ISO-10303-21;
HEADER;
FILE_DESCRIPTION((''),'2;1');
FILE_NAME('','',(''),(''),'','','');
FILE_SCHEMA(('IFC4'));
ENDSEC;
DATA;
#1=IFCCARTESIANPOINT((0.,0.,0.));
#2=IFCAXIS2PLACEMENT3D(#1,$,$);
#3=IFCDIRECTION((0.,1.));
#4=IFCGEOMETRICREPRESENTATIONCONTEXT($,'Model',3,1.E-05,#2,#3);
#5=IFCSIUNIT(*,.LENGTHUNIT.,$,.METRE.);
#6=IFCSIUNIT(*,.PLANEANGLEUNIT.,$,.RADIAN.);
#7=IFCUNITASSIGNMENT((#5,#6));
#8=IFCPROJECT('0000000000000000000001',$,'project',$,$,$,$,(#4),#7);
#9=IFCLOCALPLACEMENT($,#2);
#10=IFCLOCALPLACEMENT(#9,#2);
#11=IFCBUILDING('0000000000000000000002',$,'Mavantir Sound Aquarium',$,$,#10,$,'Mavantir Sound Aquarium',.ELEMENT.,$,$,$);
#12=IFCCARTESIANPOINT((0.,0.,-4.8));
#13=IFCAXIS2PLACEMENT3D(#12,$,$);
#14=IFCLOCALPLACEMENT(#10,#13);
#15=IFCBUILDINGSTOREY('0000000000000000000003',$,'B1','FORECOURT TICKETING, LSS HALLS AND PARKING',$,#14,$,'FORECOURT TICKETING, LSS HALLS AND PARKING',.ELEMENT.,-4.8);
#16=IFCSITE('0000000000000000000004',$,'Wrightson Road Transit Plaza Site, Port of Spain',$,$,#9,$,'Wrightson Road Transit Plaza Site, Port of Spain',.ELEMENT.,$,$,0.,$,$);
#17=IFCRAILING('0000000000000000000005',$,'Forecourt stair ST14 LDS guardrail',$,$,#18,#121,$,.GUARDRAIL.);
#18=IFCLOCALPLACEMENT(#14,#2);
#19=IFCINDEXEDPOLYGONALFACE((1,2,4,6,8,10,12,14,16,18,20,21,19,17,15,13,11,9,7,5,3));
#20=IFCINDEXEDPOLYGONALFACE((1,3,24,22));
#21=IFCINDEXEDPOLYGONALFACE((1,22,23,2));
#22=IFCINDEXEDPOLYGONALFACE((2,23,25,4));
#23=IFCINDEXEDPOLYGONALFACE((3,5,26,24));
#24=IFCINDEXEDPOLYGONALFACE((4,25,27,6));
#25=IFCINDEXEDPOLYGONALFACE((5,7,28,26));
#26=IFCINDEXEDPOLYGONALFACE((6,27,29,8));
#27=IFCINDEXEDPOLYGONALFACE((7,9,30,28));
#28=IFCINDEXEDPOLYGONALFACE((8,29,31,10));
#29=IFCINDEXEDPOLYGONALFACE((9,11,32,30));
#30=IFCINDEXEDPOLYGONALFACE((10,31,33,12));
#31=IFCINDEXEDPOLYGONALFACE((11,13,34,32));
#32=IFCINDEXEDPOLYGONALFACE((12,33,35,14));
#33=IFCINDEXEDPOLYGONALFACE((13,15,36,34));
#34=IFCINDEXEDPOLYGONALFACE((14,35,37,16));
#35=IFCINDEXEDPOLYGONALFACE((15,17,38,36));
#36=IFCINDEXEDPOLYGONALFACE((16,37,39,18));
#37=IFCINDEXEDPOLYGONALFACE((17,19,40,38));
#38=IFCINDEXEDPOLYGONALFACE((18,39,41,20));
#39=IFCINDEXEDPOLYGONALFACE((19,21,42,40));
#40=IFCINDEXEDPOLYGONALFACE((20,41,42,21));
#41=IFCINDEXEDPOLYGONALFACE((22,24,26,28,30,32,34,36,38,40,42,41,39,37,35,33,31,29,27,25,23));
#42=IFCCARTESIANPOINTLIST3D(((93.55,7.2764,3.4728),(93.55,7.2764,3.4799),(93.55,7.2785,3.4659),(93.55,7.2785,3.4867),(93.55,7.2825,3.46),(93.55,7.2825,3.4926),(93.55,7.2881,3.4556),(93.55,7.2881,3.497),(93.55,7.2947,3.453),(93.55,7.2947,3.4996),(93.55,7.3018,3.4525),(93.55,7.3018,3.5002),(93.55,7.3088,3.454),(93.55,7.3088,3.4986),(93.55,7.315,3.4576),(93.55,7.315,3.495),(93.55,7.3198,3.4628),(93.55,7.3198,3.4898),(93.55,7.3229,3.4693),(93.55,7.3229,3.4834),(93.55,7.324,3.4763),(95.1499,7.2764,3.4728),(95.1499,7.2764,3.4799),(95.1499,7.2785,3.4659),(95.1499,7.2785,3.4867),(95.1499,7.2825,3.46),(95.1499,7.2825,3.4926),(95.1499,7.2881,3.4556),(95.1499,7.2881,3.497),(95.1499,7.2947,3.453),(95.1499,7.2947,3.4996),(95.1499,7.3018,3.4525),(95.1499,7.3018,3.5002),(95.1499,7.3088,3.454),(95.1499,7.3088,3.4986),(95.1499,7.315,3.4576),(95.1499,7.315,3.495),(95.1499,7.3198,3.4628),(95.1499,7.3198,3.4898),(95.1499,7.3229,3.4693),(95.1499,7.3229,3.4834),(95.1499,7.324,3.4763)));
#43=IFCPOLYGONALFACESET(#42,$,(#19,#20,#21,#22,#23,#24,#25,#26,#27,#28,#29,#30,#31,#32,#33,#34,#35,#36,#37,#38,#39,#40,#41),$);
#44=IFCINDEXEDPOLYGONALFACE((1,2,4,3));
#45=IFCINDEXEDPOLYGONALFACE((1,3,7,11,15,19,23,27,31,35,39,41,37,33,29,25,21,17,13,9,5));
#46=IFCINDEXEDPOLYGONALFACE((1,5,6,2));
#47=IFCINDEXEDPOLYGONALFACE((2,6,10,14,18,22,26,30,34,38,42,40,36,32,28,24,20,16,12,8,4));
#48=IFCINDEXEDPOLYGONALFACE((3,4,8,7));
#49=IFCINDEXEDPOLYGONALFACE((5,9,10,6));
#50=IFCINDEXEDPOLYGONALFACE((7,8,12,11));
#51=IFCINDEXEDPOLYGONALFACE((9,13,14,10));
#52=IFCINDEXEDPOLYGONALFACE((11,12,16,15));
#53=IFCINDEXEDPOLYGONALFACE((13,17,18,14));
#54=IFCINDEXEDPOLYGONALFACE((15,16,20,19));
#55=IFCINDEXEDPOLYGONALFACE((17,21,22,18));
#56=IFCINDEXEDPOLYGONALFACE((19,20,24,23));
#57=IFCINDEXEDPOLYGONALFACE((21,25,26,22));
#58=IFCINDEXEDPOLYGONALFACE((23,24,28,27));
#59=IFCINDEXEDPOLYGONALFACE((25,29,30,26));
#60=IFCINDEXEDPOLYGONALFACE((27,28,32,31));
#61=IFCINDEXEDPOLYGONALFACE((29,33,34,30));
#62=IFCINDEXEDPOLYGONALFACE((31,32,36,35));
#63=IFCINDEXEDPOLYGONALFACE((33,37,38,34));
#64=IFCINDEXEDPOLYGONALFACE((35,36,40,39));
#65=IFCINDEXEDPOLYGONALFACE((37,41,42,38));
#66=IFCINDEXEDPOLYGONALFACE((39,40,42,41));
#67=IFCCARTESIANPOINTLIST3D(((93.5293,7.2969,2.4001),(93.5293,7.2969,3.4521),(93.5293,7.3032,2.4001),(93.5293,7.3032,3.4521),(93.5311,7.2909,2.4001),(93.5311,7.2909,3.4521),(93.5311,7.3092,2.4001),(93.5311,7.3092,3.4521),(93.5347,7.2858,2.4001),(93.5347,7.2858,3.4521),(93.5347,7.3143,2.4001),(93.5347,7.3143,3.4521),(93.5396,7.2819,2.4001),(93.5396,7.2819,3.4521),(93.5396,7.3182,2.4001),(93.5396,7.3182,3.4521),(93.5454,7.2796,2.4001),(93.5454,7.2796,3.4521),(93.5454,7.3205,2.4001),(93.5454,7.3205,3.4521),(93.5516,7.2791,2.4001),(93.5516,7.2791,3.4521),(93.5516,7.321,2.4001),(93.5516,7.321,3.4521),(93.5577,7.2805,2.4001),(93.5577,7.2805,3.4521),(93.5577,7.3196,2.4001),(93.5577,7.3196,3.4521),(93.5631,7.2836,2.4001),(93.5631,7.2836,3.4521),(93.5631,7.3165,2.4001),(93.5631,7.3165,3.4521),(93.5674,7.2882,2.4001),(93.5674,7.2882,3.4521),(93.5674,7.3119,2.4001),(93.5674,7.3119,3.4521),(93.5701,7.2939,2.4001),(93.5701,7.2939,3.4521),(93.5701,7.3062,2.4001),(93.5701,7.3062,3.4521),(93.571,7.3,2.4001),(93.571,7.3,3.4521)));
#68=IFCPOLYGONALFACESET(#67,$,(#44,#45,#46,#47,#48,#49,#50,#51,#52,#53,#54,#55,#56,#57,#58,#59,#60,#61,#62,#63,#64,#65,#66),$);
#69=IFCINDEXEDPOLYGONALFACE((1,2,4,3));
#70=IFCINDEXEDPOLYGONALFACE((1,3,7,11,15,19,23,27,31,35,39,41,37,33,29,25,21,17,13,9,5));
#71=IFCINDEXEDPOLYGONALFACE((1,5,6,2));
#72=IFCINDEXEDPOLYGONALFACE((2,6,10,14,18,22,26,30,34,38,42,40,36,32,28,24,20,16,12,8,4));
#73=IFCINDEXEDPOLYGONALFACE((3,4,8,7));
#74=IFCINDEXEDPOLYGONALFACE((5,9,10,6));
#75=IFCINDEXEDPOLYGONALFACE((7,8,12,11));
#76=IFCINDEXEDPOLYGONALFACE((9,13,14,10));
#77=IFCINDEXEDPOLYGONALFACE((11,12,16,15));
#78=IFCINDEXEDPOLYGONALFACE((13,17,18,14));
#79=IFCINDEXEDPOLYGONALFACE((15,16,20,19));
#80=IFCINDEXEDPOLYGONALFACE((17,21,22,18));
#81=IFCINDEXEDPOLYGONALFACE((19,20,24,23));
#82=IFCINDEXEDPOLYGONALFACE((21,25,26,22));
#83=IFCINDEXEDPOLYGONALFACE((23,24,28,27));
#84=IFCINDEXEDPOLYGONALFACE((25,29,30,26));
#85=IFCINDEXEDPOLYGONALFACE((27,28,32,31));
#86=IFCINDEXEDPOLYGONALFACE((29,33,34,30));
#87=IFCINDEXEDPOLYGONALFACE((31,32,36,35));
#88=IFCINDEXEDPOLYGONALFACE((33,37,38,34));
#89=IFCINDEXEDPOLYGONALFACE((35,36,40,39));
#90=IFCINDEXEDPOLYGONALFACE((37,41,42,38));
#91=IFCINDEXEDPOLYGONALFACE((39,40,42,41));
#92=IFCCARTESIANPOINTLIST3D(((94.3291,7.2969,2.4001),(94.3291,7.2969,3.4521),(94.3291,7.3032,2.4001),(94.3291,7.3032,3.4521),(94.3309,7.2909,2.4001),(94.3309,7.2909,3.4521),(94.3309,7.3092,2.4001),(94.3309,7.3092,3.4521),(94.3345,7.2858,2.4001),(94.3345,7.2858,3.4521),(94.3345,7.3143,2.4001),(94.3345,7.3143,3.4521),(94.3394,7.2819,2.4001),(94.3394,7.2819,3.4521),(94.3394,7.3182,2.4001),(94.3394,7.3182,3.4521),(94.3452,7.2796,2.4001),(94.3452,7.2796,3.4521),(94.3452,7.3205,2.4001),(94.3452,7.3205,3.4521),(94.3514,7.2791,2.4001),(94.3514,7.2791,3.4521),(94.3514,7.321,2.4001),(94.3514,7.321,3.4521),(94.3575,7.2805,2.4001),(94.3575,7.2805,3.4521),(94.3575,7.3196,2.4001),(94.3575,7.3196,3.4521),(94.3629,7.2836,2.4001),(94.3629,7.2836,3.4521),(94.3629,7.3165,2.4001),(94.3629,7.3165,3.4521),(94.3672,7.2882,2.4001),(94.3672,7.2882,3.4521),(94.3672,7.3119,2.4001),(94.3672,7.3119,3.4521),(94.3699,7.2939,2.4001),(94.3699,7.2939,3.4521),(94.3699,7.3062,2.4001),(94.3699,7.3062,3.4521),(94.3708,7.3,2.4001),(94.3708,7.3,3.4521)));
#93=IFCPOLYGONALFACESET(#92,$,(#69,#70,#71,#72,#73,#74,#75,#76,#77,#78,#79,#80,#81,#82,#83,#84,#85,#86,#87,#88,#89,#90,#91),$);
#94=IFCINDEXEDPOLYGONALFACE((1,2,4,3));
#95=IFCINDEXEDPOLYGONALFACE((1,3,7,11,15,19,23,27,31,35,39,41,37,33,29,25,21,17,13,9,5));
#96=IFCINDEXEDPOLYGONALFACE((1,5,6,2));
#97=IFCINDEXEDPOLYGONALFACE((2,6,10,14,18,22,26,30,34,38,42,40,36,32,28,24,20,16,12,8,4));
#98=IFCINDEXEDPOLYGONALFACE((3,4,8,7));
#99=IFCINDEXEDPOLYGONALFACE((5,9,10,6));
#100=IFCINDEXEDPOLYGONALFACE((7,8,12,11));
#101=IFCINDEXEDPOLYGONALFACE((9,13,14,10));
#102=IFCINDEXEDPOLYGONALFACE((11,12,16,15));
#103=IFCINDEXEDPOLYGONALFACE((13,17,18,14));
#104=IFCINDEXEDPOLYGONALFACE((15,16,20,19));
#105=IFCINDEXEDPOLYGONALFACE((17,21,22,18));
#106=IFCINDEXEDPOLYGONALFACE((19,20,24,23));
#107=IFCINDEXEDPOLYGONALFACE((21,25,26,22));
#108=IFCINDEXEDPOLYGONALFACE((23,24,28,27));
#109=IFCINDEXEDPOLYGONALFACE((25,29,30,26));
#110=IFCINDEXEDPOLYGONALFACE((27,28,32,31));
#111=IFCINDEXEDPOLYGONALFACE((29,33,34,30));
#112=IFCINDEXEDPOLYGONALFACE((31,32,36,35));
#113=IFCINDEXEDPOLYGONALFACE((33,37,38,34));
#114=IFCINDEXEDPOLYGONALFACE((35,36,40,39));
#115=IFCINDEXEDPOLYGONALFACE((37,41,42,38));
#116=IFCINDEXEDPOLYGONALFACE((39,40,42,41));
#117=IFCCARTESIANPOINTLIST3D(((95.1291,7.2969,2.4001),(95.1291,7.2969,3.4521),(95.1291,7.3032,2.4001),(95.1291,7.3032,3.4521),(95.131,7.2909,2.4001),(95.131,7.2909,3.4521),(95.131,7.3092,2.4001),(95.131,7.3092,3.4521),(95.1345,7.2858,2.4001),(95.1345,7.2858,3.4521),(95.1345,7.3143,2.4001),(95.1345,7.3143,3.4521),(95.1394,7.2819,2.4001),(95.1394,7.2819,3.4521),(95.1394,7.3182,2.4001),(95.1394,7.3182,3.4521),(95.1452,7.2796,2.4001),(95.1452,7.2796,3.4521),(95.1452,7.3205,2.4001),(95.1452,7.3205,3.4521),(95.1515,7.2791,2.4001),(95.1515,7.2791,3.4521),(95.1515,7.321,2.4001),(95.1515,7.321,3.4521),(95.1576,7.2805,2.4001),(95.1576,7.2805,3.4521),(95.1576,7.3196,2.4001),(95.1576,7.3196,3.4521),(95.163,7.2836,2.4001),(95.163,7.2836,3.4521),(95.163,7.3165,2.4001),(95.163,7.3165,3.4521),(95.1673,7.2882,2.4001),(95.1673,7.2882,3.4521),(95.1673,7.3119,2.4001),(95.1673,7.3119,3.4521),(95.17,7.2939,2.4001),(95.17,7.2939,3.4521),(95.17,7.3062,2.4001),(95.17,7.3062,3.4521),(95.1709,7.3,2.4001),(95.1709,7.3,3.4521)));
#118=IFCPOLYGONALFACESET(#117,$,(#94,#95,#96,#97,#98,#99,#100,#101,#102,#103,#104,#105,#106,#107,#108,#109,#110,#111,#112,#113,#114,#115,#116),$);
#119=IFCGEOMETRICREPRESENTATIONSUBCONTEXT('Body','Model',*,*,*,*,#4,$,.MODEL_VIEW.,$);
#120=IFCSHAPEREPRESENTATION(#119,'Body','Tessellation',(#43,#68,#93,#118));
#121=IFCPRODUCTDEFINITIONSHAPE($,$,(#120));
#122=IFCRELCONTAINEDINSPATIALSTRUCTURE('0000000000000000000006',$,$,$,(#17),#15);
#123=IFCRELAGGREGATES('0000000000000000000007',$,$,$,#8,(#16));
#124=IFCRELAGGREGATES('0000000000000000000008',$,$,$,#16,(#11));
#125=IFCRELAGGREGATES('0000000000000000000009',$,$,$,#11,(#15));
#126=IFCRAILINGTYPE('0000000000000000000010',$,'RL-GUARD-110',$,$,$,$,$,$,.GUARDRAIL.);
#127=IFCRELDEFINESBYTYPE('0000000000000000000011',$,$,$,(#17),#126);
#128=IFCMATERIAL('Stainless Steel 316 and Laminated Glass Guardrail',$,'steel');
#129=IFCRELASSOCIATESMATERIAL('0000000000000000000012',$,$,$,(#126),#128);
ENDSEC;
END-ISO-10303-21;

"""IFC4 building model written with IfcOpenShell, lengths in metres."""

from ifc_helpers import new_model, si_unit, direction, frame, origin, origin_2d, place, context, subcontext, project, spatial, circle, extrude, material, type_object, element, save


model = new_model("IFC4")

# Units and contexts
model_context = context("Model", 3, precision=1e-05, world=origin(), true_north=direction((0.0, 1.0)))
body_context = subcontext(model_context, "Body", "Model", "MODEL_VIEW")
ifc_project = project(units=[si_unit("LENGTHUNIT", "METRE"), si_unit("PLANEANGLEUNIT", "RADIAN")], contexts=[model_context])

# Site, building, storey
site_placement = place(None, origin())
site = spatial("IfcSite", under=ifc_project, at=site_placement, Name="Wrightson Road Transit Plaza Site, Port of Spain", LongName="Wrightson Road Transit Plaza Site, Port of Spain", CompositionType="ELEMENT", RefElevation=0.0)
building_placement = place(site_placement, origin())
building = spatial("IfcBuilding", under=site, at=building_placement, Name="Mavantir Sound Aquarium", LongName="Mavantir Sound Aquarium", CompositionType="ELEMENT")
storey_placement = place(building_placement, frame((0.0, 0.0, -4.8)))
storey = spatial("IfcBuildingStorey", under=building, at=storey_placement, Name="B1", Description="FORECOURT TICKETING, LSS HALLS AND PARKING", LongName="FORECOURT TICKETING, LSS HALLS AND PARKING", CompositionType="ELEMENT", Elevation=-4.8)

# Railing
ifc_material_1 = material(Name="Stainless Steel 316 and Laminated Glass Guardrail", Category="steel")
railing_type_1 = type_object("IfcRailingType", Name="RL-GUARD-110", PredefinedType="GUARDRAIL", material=ifc_material_1)
railing_1_placement = place(storey_placement, frame((93.55, 7.3, 2.4001)))
element("IfcRailing", 1, at=railing_1_placement, inside=storey, type_object=railing_type_1, Name="Forecourt stair ST14 LDS guardrail", PredefinedType="GUARDRAIL", context=body_context, shape_type="SweptSolid", body=[
    extrude(circle(Radius=0.0239, at=origin_2d()), frame((0.0, 0.0, 1.0762), z_axis=(1.0, 0.0, 0.0), x_axis=(0.0, 1.0, 0.0)), (0.0, 0.0, 1.0), 1.5999),
    extrude(circle(Radius=0.021, at=origin_2d()), origin(), (0.0, 0.0, 1.0), 1.052),
    extrude(circle(Radius=0.021, at=origin_2d()), frame((0.7998, 0.0, 0.0)), (0.0, 0.0, 1.0), 1.052),
    extrude(circle(Radius=0.021, at=origin_2d()), frame((1.5999, 0.0, 0.0)), (0.0, 0.0, 1.0), 1.052),
])

save(model, "model.ifc")
